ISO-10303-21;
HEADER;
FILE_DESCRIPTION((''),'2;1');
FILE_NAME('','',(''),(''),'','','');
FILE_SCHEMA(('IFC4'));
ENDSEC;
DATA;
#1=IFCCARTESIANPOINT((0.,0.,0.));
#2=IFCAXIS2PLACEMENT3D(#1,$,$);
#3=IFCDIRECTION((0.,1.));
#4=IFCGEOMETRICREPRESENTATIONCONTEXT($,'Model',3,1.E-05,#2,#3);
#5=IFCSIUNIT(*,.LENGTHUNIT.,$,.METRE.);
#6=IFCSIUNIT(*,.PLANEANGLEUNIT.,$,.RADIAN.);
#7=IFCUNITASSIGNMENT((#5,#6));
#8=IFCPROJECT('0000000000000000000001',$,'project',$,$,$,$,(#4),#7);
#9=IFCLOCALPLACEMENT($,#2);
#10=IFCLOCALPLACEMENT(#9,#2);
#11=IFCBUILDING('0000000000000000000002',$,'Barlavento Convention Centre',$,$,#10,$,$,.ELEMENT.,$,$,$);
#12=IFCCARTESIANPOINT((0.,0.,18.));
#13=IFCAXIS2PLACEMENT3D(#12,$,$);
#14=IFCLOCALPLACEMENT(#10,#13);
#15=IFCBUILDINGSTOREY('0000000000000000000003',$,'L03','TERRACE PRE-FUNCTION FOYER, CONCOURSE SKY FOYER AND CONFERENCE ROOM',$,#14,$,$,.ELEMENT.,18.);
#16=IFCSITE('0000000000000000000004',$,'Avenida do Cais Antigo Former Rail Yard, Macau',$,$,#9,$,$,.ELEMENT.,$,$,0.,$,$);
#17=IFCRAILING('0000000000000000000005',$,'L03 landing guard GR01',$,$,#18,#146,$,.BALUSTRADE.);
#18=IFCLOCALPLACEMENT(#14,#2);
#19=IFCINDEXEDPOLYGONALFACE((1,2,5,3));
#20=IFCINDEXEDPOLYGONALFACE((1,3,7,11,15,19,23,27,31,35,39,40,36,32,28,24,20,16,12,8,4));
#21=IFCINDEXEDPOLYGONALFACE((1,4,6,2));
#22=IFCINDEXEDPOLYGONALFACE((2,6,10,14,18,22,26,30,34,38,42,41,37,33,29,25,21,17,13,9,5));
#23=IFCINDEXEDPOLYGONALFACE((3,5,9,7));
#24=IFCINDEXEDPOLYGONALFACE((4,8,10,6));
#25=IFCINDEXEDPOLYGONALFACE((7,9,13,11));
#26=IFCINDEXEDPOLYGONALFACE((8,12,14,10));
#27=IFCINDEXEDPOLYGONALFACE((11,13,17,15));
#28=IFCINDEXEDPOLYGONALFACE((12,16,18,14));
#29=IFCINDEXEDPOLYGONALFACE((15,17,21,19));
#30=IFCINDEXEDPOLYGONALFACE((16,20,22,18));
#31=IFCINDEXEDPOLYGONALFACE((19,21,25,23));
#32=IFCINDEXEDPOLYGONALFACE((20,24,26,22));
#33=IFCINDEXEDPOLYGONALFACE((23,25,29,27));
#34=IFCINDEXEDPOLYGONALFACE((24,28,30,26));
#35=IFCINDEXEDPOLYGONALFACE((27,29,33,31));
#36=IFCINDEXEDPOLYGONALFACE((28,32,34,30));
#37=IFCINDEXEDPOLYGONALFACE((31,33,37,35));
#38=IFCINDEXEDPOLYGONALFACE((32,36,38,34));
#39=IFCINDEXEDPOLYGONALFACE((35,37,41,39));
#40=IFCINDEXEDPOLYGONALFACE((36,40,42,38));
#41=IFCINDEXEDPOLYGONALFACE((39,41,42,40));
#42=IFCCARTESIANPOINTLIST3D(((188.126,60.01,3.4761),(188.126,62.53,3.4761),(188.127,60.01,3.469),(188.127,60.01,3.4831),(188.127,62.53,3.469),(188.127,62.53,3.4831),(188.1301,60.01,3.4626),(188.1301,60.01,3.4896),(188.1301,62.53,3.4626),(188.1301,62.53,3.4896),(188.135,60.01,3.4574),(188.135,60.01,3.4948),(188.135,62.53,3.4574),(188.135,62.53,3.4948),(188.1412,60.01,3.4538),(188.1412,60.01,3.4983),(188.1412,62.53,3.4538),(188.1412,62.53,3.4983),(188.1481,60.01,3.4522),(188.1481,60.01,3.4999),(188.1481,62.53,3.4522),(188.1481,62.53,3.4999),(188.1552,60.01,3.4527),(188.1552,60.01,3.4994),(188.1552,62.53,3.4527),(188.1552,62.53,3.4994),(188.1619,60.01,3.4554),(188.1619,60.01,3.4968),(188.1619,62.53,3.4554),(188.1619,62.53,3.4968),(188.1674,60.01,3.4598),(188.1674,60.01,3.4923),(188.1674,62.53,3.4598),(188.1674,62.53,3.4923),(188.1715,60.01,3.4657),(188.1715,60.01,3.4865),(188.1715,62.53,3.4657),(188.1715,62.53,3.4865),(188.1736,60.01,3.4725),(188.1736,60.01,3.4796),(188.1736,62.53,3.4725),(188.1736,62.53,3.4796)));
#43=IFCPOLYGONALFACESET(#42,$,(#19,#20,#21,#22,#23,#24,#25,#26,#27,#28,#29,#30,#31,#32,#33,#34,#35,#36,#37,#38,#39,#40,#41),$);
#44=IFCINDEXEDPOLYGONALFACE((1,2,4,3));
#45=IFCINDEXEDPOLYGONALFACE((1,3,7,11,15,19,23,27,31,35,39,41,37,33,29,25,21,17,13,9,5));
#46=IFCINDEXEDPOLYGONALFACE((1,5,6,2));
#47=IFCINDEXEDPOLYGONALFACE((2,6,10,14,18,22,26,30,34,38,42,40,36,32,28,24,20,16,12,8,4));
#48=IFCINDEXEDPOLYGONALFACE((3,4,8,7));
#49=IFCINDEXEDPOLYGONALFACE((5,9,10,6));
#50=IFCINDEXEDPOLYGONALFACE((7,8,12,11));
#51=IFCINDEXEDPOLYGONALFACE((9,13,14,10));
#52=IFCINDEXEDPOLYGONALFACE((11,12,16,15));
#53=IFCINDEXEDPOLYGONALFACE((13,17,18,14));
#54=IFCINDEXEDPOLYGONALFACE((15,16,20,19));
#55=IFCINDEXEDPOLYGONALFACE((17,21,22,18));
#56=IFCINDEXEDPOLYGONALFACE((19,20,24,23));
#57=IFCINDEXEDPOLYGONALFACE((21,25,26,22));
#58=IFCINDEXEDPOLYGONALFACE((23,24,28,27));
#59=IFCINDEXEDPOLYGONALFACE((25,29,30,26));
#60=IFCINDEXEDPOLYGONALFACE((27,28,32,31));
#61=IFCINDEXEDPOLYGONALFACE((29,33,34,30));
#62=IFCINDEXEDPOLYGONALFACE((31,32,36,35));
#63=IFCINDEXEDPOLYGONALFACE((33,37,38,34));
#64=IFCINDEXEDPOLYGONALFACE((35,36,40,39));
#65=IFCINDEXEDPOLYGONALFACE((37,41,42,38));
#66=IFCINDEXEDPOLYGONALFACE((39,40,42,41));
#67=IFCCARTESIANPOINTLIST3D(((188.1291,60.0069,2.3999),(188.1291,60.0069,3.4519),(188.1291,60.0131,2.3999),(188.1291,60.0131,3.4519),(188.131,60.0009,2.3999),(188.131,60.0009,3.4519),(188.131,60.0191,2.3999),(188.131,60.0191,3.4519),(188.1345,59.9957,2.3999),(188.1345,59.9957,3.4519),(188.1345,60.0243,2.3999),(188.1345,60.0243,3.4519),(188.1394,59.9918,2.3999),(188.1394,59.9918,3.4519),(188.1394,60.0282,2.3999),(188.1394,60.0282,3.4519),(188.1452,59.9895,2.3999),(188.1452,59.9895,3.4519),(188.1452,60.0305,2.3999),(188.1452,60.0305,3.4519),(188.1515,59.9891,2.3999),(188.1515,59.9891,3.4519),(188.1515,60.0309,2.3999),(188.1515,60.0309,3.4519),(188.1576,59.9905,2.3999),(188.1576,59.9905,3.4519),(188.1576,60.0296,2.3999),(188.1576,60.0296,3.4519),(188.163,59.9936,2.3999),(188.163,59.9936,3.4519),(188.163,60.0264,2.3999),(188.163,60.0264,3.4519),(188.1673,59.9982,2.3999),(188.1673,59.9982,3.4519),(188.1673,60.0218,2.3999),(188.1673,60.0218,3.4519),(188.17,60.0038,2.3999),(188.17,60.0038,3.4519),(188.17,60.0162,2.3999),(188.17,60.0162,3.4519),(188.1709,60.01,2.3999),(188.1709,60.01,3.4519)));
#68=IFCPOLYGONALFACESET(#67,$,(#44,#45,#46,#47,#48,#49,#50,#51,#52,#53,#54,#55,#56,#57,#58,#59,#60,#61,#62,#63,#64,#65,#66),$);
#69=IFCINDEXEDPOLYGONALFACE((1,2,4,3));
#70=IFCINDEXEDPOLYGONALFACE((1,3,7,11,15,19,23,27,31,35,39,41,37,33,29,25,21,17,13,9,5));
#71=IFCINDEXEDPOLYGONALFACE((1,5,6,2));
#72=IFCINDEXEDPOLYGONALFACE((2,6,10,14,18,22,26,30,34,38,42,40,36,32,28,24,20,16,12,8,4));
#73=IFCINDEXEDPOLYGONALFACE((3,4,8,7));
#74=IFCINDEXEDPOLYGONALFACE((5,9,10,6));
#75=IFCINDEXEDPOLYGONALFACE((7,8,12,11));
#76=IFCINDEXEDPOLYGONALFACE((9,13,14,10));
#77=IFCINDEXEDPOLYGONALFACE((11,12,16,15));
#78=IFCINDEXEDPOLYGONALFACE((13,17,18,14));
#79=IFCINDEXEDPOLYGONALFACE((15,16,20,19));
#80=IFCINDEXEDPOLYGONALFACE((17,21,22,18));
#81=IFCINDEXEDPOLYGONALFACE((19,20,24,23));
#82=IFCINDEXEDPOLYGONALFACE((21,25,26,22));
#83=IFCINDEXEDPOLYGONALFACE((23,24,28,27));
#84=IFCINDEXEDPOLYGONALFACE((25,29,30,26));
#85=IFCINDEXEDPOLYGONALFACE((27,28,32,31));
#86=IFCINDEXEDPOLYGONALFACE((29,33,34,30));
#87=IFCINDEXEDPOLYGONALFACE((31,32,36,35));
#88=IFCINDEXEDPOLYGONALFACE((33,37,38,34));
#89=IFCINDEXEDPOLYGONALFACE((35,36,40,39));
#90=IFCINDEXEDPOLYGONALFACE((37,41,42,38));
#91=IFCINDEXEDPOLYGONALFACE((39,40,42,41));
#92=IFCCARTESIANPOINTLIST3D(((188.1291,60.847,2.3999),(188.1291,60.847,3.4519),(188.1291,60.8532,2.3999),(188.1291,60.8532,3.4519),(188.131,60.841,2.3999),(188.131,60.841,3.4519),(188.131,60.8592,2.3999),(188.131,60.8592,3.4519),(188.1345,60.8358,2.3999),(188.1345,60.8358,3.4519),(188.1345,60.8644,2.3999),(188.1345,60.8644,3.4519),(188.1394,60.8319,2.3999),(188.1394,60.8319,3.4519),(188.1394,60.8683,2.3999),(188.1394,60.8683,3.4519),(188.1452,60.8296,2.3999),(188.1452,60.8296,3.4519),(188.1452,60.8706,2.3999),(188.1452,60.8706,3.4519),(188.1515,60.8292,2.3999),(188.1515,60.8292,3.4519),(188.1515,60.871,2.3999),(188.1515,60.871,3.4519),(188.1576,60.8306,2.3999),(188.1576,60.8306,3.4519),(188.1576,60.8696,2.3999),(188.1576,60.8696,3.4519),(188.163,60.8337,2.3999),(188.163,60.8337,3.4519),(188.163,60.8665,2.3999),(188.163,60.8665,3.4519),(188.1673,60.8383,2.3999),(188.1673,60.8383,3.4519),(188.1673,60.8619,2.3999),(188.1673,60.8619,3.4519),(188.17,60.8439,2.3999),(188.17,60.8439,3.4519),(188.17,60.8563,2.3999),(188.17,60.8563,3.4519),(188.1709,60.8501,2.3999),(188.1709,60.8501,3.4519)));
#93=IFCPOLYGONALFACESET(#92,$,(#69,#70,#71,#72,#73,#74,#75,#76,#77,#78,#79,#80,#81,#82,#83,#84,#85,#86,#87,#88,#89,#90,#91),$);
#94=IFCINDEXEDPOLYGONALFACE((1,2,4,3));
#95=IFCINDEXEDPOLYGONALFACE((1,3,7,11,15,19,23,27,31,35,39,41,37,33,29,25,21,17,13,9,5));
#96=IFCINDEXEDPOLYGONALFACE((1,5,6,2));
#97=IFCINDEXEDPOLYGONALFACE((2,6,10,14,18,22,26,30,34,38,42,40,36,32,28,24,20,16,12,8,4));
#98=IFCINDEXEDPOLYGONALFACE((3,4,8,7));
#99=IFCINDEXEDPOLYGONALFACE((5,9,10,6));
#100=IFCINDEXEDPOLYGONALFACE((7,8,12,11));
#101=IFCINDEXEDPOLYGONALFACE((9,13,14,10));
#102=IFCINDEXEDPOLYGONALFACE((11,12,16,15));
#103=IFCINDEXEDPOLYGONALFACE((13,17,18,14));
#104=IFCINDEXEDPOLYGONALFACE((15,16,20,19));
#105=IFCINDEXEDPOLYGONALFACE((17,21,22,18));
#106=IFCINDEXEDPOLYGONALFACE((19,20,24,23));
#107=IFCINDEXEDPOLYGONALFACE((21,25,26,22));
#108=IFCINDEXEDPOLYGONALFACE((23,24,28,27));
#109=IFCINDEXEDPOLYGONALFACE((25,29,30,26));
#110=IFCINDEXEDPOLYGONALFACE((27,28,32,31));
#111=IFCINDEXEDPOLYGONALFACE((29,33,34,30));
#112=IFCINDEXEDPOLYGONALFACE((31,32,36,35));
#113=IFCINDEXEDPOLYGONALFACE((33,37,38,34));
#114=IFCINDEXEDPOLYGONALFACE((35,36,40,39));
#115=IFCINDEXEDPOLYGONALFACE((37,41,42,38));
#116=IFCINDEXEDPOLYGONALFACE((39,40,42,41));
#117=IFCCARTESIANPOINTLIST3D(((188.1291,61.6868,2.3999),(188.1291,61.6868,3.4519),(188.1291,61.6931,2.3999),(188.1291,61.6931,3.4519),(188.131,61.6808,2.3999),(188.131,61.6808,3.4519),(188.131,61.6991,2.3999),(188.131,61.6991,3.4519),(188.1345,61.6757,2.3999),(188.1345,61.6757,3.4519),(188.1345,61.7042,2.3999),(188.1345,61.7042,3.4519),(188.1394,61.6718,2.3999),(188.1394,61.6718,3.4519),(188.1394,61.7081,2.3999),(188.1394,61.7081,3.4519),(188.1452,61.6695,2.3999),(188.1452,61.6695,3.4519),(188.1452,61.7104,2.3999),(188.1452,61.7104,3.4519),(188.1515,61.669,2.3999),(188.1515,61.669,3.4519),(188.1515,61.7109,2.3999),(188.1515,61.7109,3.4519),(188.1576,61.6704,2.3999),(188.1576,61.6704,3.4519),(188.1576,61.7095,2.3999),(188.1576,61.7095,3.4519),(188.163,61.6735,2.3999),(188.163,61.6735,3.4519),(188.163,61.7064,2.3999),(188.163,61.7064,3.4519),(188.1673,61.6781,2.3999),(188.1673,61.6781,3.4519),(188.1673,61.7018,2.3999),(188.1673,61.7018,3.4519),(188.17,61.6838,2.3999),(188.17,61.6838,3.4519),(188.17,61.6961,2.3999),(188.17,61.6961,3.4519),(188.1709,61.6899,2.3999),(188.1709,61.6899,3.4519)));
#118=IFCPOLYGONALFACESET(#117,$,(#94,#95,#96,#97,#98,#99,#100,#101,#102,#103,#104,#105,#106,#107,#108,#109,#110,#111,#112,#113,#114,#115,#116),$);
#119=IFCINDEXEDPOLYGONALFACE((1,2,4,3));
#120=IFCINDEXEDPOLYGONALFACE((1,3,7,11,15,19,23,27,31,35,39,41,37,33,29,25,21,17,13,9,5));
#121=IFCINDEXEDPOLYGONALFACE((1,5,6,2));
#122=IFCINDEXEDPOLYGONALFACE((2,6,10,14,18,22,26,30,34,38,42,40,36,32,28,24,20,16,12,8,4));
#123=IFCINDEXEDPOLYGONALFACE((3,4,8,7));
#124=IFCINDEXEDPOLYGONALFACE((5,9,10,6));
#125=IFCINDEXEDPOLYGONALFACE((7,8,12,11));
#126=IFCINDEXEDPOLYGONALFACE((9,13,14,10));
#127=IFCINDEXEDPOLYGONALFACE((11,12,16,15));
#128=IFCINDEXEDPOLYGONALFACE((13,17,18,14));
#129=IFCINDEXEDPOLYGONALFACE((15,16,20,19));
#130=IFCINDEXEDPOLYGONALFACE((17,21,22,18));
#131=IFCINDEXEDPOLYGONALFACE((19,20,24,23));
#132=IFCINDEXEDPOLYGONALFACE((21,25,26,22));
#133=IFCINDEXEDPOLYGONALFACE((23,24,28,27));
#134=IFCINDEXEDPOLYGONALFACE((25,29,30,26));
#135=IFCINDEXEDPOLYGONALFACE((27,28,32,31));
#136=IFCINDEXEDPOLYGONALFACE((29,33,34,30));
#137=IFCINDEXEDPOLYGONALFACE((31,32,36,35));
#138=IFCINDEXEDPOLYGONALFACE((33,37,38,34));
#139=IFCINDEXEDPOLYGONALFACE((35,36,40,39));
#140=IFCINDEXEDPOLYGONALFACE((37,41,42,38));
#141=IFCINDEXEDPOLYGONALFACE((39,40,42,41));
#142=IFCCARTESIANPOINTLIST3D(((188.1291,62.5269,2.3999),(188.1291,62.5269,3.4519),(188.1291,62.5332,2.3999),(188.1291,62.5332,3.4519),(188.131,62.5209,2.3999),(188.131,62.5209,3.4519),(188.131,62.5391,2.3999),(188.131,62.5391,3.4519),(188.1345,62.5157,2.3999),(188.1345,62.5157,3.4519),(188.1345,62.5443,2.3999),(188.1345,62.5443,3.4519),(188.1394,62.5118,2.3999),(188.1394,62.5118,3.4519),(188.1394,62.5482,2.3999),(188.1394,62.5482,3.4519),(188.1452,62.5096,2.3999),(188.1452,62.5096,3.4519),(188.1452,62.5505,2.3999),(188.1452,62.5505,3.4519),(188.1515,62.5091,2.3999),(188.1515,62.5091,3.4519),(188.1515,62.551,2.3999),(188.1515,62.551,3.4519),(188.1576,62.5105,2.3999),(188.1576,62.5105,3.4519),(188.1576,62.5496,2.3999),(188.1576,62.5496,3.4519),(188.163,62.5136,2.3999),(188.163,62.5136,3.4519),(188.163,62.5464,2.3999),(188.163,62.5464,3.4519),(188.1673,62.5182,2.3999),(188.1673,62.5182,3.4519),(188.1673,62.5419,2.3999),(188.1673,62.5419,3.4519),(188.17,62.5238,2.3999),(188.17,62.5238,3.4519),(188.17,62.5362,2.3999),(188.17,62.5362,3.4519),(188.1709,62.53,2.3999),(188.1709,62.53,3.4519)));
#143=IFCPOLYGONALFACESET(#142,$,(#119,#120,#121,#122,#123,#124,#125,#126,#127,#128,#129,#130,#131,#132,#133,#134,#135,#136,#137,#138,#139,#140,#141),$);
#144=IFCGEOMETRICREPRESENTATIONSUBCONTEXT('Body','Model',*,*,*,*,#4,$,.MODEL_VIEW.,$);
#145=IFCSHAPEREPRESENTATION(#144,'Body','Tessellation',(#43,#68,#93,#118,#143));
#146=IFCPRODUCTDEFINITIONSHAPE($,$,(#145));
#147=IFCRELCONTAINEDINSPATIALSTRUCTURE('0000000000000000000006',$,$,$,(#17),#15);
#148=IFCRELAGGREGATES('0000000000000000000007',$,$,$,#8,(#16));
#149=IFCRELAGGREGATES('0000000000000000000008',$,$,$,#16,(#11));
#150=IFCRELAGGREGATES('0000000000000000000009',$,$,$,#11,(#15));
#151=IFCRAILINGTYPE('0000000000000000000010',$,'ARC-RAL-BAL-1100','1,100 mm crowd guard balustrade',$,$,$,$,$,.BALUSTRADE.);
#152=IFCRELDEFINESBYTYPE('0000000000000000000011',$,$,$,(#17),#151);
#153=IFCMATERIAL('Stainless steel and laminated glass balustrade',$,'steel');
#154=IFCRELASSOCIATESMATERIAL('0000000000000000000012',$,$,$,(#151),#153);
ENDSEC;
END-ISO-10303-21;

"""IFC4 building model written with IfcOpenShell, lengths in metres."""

from ifc_helpers import new_model, si_unit, direction, frame, origin, origin_2d, place, context, subcontext, project, spatial, circle, extrude, material, type_object, element, save


model = new_model("IFC4")

# Units and contexts
model_context = context("Model", 3, precision=1e-05, world=origin(), true_north=direction((0.0, 1.0)))
body_context = subcontext(model_context, "Body", "Model", "MODEL_VIEW")
ifc_project = project(units=[si_unit("LENGTHUNIT", "METRE"), si_unit("PLANEANGLEUNIT", "RADIAN")], contexts=[model_context])

# Site, building, storey
site_placement = place(None, origin())
site = spatial("IfcSite", under=ifc_project, at=site_placement, Name="Avenida do Cais Antigo Former Rail Yard, Macau", CompositionType="ELEMENT", RefElevation=0.0)
building_placement = place(site_placement, origin())
building = spatial("IfcBuilding", under=site, at=building_placement, Name="Barlavento Convention Centre", CompositionType="ELEMENT")
storey_placement = place(building_placement, frame((0.0, 0.0, 18.0)))
storey = spatial("IfcBuildingStorey", under=building, at=storey_placement, Name="L03", Description="TERRACE PRE-FUNCTION FOYER, CONCOURSE SKY FOYER AND CONFERENCE ROOM", CompositionType="ELEMENT", Elevation=18.0)

# Railing
ifc_material_1 = material(Name="Stainless steel and laminated glass balustrade", Category="steel")
railing_type_1 = type_object("IfcRailingType", Name="ARC-RAL-BAL-1100", Description="1,100 mm crowd guard balustrade", PredefinedType="BALUSTRADE", material=ifc_material_1)
for number, where, name in (
    (1, (188.1499, 60.01, 2.3999), "L03 landing guard GR01"),
):
    element("IfcRailing", number, at=place(storey_placement, frame(where)), inside=storey, type_object=railing_type_1, Name=name, PredefinedType="BALUSTRADE", context=body_context, shape_type="SweptSolid", body=[
        extrude(circle(Radius=0.0239, at=origin_2d()), frame((0.0, 0.0, 1.0762), z_axis=(0.0, 1.0, 0.0), x_axis=(-1.0, 0.0, 0.0)), (0.0, 0.0, 1.0), 2.52),
        extrude(circle(Radius=0.021, at=origin_2d()), origin(), (0.0, 0.0, 1.0), 1.052),
        extrude(circle(Radius=0.021, at=origin_2d()), frame((0.0, 0.8401, 0.0)), (0.0, 0.0, 1.0), 1.052),
        extrude(circle(Radius=0.021, at=origin_2d()), frame((0.0, 1.6799, 0.0)), (0.0, 0.0, 1.0), 1.052),
        extrude(circle(Radius=0.021, at=origin_2d()), frame((0.0, 2.52, 0.0)), (0.0, 0.0, 1.0), 1.052),
    ])

save(model, "model.ifc")
